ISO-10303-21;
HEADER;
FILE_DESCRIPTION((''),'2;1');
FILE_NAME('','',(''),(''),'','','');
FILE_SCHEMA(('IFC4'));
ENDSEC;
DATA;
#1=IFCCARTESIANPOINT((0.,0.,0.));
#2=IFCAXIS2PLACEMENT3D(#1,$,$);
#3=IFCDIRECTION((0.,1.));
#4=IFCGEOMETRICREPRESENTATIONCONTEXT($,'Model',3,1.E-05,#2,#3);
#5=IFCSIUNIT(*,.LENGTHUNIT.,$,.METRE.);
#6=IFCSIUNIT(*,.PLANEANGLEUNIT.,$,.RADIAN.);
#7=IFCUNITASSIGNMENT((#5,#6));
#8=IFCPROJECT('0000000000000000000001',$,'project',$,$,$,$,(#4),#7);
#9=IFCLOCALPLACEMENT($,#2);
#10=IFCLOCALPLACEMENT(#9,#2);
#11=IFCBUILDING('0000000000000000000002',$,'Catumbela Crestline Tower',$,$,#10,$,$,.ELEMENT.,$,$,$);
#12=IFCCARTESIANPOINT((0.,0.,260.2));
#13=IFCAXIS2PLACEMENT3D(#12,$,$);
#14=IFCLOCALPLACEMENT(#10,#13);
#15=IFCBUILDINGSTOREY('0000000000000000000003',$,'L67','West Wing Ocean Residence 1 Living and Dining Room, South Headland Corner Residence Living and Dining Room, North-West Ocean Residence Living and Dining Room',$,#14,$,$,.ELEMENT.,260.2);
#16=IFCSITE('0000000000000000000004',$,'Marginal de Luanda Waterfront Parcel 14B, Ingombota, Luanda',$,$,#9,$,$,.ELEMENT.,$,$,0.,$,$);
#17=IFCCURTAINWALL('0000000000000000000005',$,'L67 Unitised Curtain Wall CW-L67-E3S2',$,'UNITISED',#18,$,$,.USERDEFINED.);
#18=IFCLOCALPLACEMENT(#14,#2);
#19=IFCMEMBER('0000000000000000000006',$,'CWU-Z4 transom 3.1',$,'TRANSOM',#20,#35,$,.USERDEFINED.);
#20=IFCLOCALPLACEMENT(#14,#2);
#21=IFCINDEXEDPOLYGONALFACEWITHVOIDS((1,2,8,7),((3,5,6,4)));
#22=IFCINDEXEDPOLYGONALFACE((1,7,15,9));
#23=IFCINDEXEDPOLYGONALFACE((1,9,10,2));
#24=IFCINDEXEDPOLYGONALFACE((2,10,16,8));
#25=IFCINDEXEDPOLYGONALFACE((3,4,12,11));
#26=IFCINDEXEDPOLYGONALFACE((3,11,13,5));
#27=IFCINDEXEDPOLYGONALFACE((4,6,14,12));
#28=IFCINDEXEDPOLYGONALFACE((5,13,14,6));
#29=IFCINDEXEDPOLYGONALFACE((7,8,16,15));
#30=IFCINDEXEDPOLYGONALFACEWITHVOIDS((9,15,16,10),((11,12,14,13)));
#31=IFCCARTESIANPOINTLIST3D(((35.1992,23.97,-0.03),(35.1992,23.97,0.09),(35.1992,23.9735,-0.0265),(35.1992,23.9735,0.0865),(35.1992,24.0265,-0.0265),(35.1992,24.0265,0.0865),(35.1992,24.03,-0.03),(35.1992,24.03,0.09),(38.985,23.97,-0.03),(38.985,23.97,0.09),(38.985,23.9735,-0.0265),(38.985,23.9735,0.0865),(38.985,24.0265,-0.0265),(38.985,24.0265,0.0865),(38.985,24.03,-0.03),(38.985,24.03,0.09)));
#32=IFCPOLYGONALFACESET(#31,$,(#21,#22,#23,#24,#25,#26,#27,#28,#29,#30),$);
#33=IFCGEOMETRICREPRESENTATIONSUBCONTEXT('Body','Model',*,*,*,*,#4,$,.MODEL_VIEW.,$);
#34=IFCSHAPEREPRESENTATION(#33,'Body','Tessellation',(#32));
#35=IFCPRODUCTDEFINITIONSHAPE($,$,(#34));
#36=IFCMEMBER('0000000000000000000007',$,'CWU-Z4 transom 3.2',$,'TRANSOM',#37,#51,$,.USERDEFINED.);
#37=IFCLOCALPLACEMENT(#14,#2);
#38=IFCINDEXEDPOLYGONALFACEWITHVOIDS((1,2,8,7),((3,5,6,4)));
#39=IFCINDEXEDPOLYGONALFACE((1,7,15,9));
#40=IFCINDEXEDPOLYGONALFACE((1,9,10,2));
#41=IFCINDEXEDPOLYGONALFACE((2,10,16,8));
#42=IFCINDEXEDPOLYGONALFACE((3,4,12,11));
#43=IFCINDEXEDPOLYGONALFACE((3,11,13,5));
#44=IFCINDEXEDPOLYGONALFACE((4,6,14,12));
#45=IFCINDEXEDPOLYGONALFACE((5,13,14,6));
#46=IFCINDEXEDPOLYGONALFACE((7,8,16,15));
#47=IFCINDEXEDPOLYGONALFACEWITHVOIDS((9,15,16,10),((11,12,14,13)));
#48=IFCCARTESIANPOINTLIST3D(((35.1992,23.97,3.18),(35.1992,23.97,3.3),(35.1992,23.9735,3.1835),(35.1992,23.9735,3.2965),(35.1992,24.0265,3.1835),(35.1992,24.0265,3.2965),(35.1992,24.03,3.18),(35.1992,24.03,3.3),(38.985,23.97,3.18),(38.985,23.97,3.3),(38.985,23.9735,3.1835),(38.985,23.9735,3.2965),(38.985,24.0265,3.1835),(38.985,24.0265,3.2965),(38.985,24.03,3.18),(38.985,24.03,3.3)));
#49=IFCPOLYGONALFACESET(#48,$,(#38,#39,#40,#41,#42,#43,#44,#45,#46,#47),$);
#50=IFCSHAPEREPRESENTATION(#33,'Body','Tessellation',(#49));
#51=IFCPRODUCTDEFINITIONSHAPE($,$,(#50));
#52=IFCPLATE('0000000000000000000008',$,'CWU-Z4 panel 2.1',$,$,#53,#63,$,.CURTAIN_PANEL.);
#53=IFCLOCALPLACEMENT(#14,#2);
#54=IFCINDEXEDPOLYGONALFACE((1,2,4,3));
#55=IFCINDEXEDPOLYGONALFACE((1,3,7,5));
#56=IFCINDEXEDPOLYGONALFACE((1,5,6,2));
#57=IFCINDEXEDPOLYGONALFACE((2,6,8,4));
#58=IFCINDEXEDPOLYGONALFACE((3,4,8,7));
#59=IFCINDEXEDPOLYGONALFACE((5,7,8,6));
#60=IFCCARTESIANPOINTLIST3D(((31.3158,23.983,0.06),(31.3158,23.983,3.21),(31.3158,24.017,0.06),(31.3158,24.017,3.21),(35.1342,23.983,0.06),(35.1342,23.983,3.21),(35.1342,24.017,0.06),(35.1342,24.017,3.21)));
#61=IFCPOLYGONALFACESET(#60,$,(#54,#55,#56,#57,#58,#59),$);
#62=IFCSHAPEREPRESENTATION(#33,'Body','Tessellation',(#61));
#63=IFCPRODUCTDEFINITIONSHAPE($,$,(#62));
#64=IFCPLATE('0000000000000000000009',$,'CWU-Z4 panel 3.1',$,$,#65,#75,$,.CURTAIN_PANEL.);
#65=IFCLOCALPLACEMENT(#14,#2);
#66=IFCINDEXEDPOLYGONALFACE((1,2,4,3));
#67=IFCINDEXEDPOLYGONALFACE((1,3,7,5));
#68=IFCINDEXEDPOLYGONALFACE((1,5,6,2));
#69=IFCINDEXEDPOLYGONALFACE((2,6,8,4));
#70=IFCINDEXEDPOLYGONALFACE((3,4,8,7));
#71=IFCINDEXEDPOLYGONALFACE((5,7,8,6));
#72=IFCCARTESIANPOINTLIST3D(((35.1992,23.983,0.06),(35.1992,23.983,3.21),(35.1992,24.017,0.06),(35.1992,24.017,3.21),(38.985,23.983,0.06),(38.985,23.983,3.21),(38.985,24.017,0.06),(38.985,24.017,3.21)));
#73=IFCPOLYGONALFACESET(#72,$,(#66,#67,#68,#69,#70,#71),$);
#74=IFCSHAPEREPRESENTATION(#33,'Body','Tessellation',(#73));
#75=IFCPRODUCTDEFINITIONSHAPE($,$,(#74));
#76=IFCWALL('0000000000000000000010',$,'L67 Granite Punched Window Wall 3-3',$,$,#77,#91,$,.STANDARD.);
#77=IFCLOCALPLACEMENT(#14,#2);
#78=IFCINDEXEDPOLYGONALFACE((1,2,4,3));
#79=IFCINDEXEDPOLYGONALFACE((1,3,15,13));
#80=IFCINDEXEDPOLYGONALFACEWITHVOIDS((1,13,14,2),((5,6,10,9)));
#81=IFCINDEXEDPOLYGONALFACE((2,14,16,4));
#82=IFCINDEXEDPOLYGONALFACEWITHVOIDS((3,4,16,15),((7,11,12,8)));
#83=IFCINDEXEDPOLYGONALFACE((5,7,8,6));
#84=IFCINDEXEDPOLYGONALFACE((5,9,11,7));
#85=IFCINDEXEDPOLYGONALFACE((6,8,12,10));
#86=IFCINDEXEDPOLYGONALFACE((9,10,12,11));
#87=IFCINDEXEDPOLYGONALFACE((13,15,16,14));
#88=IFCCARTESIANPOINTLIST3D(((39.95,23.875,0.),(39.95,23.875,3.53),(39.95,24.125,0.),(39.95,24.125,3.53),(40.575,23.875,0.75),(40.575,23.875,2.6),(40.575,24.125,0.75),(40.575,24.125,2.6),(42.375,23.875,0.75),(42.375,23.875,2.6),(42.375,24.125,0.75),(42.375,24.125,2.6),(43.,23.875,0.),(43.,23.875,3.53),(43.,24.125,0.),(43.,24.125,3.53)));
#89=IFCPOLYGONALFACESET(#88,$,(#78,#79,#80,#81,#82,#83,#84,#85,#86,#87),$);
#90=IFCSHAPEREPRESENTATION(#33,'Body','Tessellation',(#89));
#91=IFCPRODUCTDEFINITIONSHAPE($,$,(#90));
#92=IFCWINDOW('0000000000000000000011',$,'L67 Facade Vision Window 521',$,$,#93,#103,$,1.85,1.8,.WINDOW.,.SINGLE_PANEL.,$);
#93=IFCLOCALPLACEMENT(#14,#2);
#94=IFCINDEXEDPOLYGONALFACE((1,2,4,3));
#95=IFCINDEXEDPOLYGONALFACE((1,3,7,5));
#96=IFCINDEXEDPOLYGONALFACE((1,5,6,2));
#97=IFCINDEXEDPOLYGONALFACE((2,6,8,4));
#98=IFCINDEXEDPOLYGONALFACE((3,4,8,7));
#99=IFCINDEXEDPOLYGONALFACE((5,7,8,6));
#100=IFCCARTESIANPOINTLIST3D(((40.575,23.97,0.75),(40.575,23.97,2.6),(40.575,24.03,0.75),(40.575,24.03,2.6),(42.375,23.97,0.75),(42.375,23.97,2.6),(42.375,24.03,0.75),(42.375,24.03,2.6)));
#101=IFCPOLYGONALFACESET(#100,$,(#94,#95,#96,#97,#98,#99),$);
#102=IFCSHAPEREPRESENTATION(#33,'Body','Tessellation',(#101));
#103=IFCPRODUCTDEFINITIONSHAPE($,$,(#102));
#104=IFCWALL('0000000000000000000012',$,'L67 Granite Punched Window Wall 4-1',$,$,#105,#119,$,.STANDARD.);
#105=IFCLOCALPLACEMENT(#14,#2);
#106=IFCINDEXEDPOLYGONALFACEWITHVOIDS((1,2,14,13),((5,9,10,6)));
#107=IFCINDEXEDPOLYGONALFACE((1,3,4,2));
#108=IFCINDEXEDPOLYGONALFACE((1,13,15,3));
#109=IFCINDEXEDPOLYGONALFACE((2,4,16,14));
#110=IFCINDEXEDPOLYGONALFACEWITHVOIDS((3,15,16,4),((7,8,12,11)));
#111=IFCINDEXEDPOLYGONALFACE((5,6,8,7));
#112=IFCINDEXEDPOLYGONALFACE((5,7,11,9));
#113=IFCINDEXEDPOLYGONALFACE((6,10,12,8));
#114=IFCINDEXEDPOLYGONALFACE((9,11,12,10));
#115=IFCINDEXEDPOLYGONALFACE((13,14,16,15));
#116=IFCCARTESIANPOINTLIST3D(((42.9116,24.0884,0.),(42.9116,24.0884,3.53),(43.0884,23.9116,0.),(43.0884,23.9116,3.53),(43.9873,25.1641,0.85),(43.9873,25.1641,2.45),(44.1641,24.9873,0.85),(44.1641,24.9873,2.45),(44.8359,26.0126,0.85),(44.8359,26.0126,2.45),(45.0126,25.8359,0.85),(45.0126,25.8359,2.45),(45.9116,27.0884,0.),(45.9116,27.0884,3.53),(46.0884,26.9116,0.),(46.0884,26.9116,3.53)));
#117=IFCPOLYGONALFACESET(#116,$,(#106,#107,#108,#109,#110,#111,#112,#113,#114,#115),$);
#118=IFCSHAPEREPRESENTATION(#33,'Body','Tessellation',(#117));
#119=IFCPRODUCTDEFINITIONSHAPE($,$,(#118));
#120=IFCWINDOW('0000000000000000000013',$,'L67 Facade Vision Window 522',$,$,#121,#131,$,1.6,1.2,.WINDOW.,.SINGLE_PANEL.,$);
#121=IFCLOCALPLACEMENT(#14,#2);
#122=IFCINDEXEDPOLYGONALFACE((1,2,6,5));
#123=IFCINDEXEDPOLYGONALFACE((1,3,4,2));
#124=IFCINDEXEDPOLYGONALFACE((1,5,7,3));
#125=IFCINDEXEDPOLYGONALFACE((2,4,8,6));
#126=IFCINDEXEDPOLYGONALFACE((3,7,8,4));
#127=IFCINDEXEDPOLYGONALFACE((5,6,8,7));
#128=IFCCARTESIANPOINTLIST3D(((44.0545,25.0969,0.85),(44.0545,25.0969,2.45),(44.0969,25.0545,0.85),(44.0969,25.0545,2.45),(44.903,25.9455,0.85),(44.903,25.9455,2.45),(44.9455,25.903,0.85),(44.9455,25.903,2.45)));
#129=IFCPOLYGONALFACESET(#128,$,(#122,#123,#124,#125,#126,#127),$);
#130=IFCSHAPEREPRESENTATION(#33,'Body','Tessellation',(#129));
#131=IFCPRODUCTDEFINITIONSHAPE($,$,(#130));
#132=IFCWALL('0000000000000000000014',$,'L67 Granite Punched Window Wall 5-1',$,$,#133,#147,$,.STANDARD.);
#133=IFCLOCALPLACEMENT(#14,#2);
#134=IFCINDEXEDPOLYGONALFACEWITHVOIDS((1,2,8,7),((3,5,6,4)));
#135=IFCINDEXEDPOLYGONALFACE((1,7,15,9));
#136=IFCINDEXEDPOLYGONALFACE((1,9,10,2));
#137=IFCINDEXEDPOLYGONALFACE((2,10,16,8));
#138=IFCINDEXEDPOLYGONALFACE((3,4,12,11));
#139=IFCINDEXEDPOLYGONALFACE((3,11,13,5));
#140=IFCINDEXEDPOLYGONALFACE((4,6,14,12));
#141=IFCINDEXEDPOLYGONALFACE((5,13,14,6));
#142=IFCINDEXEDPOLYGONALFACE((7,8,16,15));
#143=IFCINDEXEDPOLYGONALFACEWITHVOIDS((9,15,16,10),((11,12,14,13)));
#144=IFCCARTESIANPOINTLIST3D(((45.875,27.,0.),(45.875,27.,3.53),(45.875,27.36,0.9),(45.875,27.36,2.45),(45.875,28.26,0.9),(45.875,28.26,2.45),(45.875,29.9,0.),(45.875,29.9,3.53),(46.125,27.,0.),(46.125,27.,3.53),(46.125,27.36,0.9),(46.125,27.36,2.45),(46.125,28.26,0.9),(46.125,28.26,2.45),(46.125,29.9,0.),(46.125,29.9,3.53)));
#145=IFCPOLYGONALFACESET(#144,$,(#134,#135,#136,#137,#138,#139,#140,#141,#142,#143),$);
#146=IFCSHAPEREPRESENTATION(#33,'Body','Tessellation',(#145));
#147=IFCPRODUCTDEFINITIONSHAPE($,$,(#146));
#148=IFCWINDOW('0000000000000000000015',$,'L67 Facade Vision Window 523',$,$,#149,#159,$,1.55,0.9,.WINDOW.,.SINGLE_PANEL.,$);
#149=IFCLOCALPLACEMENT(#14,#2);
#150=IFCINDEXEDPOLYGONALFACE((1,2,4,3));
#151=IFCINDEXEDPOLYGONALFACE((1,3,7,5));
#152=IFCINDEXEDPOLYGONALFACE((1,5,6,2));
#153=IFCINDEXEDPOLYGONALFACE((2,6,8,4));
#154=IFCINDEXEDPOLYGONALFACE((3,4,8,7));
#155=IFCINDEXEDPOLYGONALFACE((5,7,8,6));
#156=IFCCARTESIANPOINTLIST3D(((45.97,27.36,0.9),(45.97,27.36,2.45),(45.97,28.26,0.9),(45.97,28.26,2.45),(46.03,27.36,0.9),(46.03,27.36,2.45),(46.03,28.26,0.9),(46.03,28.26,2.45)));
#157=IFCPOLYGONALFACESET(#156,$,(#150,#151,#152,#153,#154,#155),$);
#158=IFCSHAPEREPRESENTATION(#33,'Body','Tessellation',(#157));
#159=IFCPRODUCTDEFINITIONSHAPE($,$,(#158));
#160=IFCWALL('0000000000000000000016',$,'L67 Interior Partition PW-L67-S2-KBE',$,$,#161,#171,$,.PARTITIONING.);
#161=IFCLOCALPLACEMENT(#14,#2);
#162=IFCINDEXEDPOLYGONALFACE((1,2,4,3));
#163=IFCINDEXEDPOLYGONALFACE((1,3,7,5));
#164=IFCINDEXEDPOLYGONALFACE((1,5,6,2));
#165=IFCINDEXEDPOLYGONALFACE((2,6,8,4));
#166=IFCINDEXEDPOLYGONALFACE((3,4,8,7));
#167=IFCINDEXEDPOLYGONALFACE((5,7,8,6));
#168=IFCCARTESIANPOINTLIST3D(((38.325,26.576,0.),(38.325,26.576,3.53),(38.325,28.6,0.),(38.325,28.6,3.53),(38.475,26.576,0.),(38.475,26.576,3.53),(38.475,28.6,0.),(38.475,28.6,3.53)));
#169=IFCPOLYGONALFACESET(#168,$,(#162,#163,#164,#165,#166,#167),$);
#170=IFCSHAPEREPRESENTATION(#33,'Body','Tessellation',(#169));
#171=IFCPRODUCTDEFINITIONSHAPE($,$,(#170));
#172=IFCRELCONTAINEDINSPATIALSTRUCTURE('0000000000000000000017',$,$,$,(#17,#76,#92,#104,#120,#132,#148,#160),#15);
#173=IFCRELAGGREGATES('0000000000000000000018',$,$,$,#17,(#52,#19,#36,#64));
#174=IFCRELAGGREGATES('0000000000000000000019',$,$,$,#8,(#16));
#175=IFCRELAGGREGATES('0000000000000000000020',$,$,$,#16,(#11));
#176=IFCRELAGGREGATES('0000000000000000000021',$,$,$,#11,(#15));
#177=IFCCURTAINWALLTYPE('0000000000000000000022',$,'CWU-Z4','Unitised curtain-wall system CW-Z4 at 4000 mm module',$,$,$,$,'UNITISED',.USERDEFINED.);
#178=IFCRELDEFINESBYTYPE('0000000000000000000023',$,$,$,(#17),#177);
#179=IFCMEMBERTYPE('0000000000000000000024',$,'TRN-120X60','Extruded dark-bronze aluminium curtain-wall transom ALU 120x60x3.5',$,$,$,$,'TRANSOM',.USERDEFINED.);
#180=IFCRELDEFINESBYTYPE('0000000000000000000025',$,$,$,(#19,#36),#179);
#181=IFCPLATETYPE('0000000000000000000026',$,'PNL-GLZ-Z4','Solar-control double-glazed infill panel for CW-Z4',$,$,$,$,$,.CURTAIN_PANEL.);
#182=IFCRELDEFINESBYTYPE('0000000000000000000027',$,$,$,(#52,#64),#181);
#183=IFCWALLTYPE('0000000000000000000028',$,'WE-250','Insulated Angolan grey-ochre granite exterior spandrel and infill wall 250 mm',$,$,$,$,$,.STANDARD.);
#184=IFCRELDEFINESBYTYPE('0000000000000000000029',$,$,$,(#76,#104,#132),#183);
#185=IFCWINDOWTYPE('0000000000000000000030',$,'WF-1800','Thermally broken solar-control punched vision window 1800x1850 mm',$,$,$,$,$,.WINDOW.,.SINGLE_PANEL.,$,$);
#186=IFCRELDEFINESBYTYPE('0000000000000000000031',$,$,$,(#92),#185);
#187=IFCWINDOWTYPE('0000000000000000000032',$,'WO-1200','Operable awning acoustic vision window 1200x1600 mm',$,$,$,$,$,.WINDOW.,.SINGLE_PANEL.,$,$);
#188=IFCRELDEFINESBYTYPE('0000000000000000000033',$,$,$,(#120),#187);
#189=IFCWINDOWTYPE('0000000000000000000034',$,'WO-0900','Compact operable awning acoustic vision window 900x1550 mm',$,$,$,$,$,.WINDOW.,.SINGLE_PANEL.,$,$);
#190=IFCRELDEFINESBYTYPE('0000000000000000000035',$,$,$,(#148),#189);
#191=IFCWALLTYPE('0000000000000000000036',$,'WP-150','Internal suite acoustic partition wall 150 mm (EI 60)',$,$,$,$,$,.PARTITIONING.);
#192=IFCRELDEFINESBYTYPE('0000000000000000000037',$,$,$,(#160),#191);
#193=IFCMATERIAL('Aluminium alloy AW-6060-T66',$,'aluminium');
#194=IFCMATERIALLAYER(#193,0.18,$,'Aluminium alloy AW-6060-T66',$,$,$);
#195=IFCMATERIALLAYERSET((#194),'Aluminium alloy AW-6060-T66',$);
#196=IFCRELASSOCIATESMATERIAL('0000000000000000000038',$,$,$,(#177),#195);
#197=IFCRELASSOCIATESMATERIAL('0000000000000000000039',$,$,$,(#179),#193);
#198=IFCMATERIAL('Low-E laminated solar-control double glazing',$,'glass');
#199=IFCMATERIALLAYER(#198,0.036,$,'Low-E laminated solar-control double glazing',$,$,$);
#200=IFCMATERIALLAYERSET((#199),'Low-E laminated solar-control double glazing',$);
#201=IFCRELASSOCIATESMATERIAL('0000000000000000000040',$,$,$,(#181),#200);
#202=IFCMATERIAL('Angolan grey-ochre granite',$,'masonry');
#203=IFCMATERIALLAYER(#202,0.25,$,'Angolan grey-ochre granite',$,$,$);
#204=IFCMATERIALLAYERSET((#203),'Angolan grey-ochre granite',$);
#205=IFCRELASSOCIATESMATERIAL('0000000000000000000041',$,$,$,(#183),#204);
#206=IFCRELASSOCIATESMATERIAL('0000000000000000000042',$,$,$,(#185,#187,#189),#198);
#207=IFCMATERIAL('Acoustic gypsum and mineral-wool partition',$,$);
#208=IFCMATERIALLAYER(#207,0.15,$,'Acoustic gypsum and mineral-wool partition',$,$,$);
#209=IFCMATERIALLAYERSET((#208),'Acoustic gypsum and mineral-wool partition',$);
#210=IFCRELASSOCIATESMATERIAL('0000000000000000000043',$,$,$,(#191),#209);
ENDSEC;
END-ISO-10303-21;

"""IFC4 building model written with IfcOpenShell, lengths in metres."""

from ifc_helpers import new_model, si_unit, direction, frame, frame_2d, origin, origin_2d, place, context, subcontext, project, spatial, rectangle, hollow_rectangle, extrude, material, layer, layer_set, material_profile, profile_set, type_object, element, fill, aggregate, save


model = new_model("IFC4")

# Units and contexts
model_context = context("Model", 3, precision=1e-05, world=origin(), true_north=direction((0.0, 1.0)))
body_context = subcontext(model_context, "Body", "Model", "MODEL_VIEW")
ifc_project = project(units=[si_unit("LENGTHUNIT", "METRE"), si_unit("PLANEANGLEUNIT", "RADIAN")], contexts=[model_context])

# Site, building, storey
site_placement = place(None, origin())
site = spatial("IfcSite", under=ifc_project, at=site_placement, Name="Marginal de Luanda Waterfront Parcel 14B, Ingombota, Luanda", CompositionType="ELEMENT", RefElevation=0.0)
building_placement = place(site_placement, origin())
building = spatial("IfcBuilding", under=site, at=building_placement, Name="Catumbela Crestline Tower", CompositionType="ELEMENT")
storey_placement = place(building_placement, frame((0.0, 0.0, 260.2)))
storey = spatial("IfcBuildingStorey", under=building, at=storey_placement, Name="L67", Description="West Wing Ocean Residence 1 Living and Dining Room, South Headland Corner Residence Living and Dining Room, North-West Ocean Residence Living and Dining Room", CompositionType="ELEMENT", Elevation=260.2)

# Curtain wall, members, plates
ifc_material_1 = material(Name="Aluminium alloy AW-6060-T66", Category="aluminium")
ifc_layer_1 = layer(ifc_material_1, 0.18, Name="Aluminium alloy AW-6060-T66")
ifc_layer_set_1 = layer_set([ifc_layer_1], Name="Aluminium alloy AW-6060-T66")
curtain_wall_type = type_object("IfcCurtainWallType", Name="CWU-Z4", Description="Unitised curtain-wall system CW-Z4 at 4000 mm module", ElementType="UNITISED", PredefinedType="USERDEFINED", material=ifc_layer_set_1)
curtain_wall_placement = place(storey_placement, origin())
curtain_wall = element("IfcCurtainWall", 1, at=curtain_wall_placement, inside=storey, type_object=curtain_wall_type, Name="L67 Unitised Curtain Wall CW-L67-E3S2", ObjectType="UNITISED", PredefinedType="USERDEFINED")
ifc_material_profile_1 = material_profile(ifc_material_1, hollow_rectangle(XDim=0.06, YDim=0.12, WallThickness=0.0035, at=origin_2d()), Name="ALU 120x60x3.5")
ifc_profile_set_1 = profile_set([ifc_material_profile_1], Name="Aluminium alloy AW-6060-T66")
member_type_1 = type_object("IfcMemberType", Name="TRN-120X60", Description="Extruded dark-bronze aluminium curtain-wall transom ALU 120x60x3.5", ElementType="TRANSOM", PredefinedType="USERDEFINED", material=ifc_profile_set_1)
member_1_placement = place(storey_placement, frame((35.1992, 24.0, 0.03), z_axis=(1.0, 0.0, 0.0), x_axis=(0.0, 1.0, 0.0)))
member_1 = element("IfcMember", 2, at=member_1_placement, type_object=member_type_1, Name="CWU-Z4 transom 3.1", ObjectType="TRANSOM", PredefinedType="USERDEFINED", context=body_context, shape_type="SweptSolid", body=[
    extrude(hollow_rectangle(XDim=0.06, YDim=0.12, WallThickness=0.0035, at=origin_2d()), origin(), (0.0, 0.0, 1.0), 3.7858),
])
member_2_placement = place(storey_placement, frame((35.1992, 24.0, 3.24), z_axis=(1.0, 0.0, 0.0), x_axis=(0.0, 1.0, 0.0)))
member_2 = element("IfcMember", 3, at=member_2_placement, type_object=member_type_1, Name="CWU-Z4 transom 3.2", ObjectType="TRANSOM", PredefinedType="USERDEFINED", context=body_context, shape_type="SweptSolid", body=[
    extrude(hollow_rectangle(XDim=0.06, YDim=0.12, WallThickness=0.0035, at=origin_2d()), origin(), (0.0, 0.0, 1.0), 3.7858),
])
ifc_material_2 = material(Name="Low-E laminated solar-control double glazing", Category="glass")
ifc_layer_2 = layer(ifc_material_2, 0.036, Name="Low-E laminated solar-control double glazing")
ifc_layer_set_2 = layer_set([ifc_layer_2], Name="Low-E laminated solar-control double glazing")
plate_type = type_object("IfcPlateType", Name="PNL-GLZ-Z4", Description="Solar-control double-glazed infill panel for CW-Z4", PredefinedType="CURTAIN_PANEL", material=ifc_layer_set_2)
plate_1_placement = place(storey_placement, frame((33.225, 24.0, 0.06), z_axis=(0.0, 0.0, 1.0), x_axis=(1.0, 0.0, 0.0)))
plate_1 = element("IfcPlate", 4, at=plate_1_placement, type_object=plate_type, Name="CWU-Z4 panel 2.1", PredefinedType="CURTAIN_PANEL", context=body_context, shape_type="SweptSolid", body=[
    extrude(rectangle(XDim=3.8183, YDim=0.034, at=origin_2d()), origin(), (0.0, 0.0, 1.0), 3.15),
])
plate_2_placement = place(storey_placement, frame((37.0921, 24.0, 0.06), z_axis=(0.0, 0.0, 1.0), x_axis=(1.0, 0.0, 0.0)))
plate_2 = element("IfcPlate", 5, at=plate_2_placement, type_object=plate_type, Name="CWU-Z4 panel 3.1", PredefinedType="CURTAIN_PANEL", context=body_context, shape_type="SweptSolid", body=[
    extrude(rectangle(XDim=3.7858, YDim=0.034, at=origin_2d()), origin(), (0.0, 0.0, 1.0), 3.15),
])
aggregate(curtain_wall, [plate_1, member_1, member_2, plate_2])

# Walls, openings, windows
ifc_material_3 = material(Name="Angolan grey-ochre granite", Category="masonry")
ifc_layer_3 = layer(ifc_material_3, 0.25, Name="Angolan grey-ochre granite")
ifc_layer_set_3 = layer_set([ifc_layer_3], Name="Angolan grey-ochre granite")
wall_type_1 = type_object("IfcWallType", Name="WE-250", Description="Insulated Angolan grey-ochre granite exterior spandrel and infill wall 250 mm", PredefinedType="STANDARD", material=ifc_layer_set_3)
wall_1_placement = place(storey_placement, frame((39.95, 24.0, 0.0), z_axis=(0.0, 0.0, 1.0), x_axis=(1.0, 0.0, 0.0)))
wall_1 = element("IfcWall", 6, at=wall_1_placement, inside=storey, type_object=wall_type_1, Name="L67 Granite Punched Window Wall 3-3", PredefinedType="STANDARD", context=body_context, shape_type="SweptSolid", body=[
    extrude(rectangle(XDim=3.05, YDim=0.25, at=frame_2d((1.525, 0.0))), origin(), (0.0, 0.0, 1.0), 3.53),
])
opening_1_placement = place(wall_1_placement, frame((0.625, 0.0, 0.75)))
opening_1 = element("IfcOpeningElement", 7, at=opening_1_placement, cuts=wall_1, PredefinedType="OPENING", context=body_context, shape_type="SweptSolid", body=[
    extrude(rectangle(XDim=1.8, YDim=1.85, at=frame_2d((0.9, 0.925))), frame((0.0, 0.135, 0.0), z_axis=(0.0, -1.0, 0.0), x_axis=(1.0, 0.0, 0.0)), (0.0, 0.0, 1.0), 0.27),
])
window_type_1 = type_object("IfcWindowType", Name="WF-1800", Description="Thermally broken solar-control punched vision window 1800x1850 mm", PartitioningType="SINGLE_PANEL", PredefinedType="WINDOW", material=ifc_material_2)
window_1_placement = place(opening_1_placement, origin())
window_1 = element("IfcWindow", 8, at=window_1_placement, inside=storey, type_object=window_type_1, Name="L67 Facade Vision Window 521", OverallHeight=1.85, OverallWidth=1.8, PartitioningType="SINGLE_PANEL", PredefinedType="WINDOW", context=body_context, shape_type="SweptSolid", body=[
    extrude(rectangle(XDim=1.8, YDim=1.85, at=frame_2d((0.9, 0.925))), frame((0.0, 0.03, 0.0), z_axis=(0.0, -1.0, 0.0), x_axis=(1.0, 0.0, 0.0)), (0.0, 0.0, 1.0), 0.06),
])
fill(opening_1, window_1)
wall_2_placement = place(storey_placement, frame((43.0, 24.0, 0.0), z_axis=(0.0, 0.0, 1.0), x_axis=(0.707107, 0.707107, 0.0)))
wall_2 = element("IfcWall", 9, at=wall_2_placement, inside=storey, type_object=wall_type_1, Name="L67 Granite Punched Window Wall 4-1", PredefinedType="STANDARD", context=body_context, shape_type="SweptSolid", body=[
    extrude(rectangle(XDim=4.2426, YDim=0.25, at=frame_2d((2.1213, 0.0))), origin(), (0.0, 0.0, 1.0), 3.53),
])
opening_2_placement = place(wall_2_placement, frame((1.5213, 0.0, 0.85)))
opening_2 = element("IfcOpeningElement", 10, at=opening_2_placement, cuts=wall_2, PredefinedType="OPENING", context=body_context, shape_type="SweptSolid", body=[
    extrude(rectangle(XDim=1.2, YDim=1.6, at=frame_2d((0.6, 0.8))), frame((0.0, 0.135, 0.0), z_axis=(0.0, -1.0, 0.0), x_axis=(1.0, 0.0, 0.0)), (0.0, 0.0, 1.0), 0.27),
])
window_type_2 = type_object("IfcWindowType", Name="WO-1200", Description="Operable awning acoustic vision window 1200x1600 mm", PartitioningType="SINGLE_PANEL", PredefinedType="WINDOW", material=ifc_material_2)
window_2_placement = place(opening_2_placement, origin())
window_2 = element("IfcWindow", 11, at=window_2_placement, inside=storey, type_object=window_type_2, Name="L67 Facade Vision Window 522", OverallHeight=1.6, OverallWidth=1.2, PartitioningType="SINGLE_PANEL", PredefinedType="WINDOW", context=body_context, shape_type="SweptSolid", body=[
    extrude(rectangle(XDim=1.2, YDim=1.6, at=frame_2d((0.6, 0.8))), frame((0.0, 0.03, 0.0), z_axis=(0.0, -1.0, 0.0), x_axis=(1.0, 0.0, 0.0)), (0.0, 0.0, 1.0), 0.06),
])
fill(opening_2, window_2)
wall_3_placement = place(storey_placement, frame((46.0, 27.0, 0.0), z_axis=(0.0, 0.0, 1.0), x_axis=(0.0, 1.0, 0.0)))
wall_3 = element("IfcWall", 12, at=wall_3_placement, inside=storey, type_object=wall_type_1, Name="L67 Granite Punched Window Wall 5-1", PredefinedType="STANDARD", context=body_context, shape_type="SweptSolid", body=[
    extrude(rectangle(XDim=2.9, YDim=0.25, at=frame_2d((1.45, 0.0))), origin(), (0.0, 0.0, 1.0), 3.53),
])
opening_3_placement = place(wall_3_placement, frame((0.36, 0.0, 0.9)))
opening_3 = element("IfcOpeningElement", 13, at=opening_3_placement, cuts=wall_3, PredefinedType="OPENING", context=body_context, shape_type="SweptSolid", body=[
    extrude(rectangle(XDim=0.9, YDim=1.55, at=frame_2d((0.45, 0.775))), frame((0.0, 0.135, 0.0), z_axis=(0.0, -1.0, 0.0), x_axis=(1.0, 0.0, 0.0)), (0.0, 0.0, 1.0), 0.27),
])
window_type_3 = type_object("IfcWindowType", Name="WO-0900", Description="Compact operable awning acoustic vision window 900x1550 mm", PartitioningType="SINGLE_PANEL", PredefinedType="WINDOW", material=ifc_material_2)
window_3_placement = place(opening_3_placement, origin())
window_3 = element("IfcWindow", 14, at=window_3_placement, inside=storey, type_object=window_type_3, Name="L67 Facade Vision Window 523", OverallHeight=1.55, OverallWidth=0.9, PartitioningType="SINGLE_PANEL", PredefinedType="WINDOW", context=body_context, shape_type="SweptSolid", body=[
    extrude(rectangle(XDim=0.9, YDim=1.55, at=frame_2d((0.45, 0.775))), frame((0.0, 0.03, 0.0), z_axis=(0.0, -1.0, 0.0), x_axis=(1.0, 0.0, 0.0)), (0.0, 0.0, 1.0), 0.06),
])
fill(opening_3, window_3)

# Wall
ifc_material_4 = material(Name="Acoustic gypsum and mineral-wool partition")
ifc_layer_4 = layer(ifc_material_4, 0.15, Name="Acoustic gypsum and mineral-wool partition")
ifc_layer_set_4 = layer_set([ifc_layer_4], Name="Acoustic gypsum and mineral-wool partition")
wall_type_2 = type_object("IfcWallType", Name="WP-150", Description="Internal suite acoustic partition wall 150 mm (EI 60)", PredefinedType="PARTITIONING", material=ifc_layer_set_4)
for number, where, z_axis, x_axis, name in (
    (15, (38.4, 26.576, 0.0), (0.0, 0.0, 1.0), (0.0, 1.0, 0.0), "L67 Interior Partition PW-L67-S2-KBE"),
):
    element("IfcWall", number, at=place(storey_placement, frame(where, z_axis=z_axis, x_axis=x_axis)), inside=storey, type_object=wall_type_2, Name=name, PredefinedType="PARTITIONING", context=body_context, shape_type="SweptSolid", body=[
        extrude(rectangle(XDim=2.024, YDim=0.15, at=frame_2d((1.012, 0.0))), origin(), (0.0, 0.0, 1.0), 3.53),
    ])

save(model, "model.ifc")
